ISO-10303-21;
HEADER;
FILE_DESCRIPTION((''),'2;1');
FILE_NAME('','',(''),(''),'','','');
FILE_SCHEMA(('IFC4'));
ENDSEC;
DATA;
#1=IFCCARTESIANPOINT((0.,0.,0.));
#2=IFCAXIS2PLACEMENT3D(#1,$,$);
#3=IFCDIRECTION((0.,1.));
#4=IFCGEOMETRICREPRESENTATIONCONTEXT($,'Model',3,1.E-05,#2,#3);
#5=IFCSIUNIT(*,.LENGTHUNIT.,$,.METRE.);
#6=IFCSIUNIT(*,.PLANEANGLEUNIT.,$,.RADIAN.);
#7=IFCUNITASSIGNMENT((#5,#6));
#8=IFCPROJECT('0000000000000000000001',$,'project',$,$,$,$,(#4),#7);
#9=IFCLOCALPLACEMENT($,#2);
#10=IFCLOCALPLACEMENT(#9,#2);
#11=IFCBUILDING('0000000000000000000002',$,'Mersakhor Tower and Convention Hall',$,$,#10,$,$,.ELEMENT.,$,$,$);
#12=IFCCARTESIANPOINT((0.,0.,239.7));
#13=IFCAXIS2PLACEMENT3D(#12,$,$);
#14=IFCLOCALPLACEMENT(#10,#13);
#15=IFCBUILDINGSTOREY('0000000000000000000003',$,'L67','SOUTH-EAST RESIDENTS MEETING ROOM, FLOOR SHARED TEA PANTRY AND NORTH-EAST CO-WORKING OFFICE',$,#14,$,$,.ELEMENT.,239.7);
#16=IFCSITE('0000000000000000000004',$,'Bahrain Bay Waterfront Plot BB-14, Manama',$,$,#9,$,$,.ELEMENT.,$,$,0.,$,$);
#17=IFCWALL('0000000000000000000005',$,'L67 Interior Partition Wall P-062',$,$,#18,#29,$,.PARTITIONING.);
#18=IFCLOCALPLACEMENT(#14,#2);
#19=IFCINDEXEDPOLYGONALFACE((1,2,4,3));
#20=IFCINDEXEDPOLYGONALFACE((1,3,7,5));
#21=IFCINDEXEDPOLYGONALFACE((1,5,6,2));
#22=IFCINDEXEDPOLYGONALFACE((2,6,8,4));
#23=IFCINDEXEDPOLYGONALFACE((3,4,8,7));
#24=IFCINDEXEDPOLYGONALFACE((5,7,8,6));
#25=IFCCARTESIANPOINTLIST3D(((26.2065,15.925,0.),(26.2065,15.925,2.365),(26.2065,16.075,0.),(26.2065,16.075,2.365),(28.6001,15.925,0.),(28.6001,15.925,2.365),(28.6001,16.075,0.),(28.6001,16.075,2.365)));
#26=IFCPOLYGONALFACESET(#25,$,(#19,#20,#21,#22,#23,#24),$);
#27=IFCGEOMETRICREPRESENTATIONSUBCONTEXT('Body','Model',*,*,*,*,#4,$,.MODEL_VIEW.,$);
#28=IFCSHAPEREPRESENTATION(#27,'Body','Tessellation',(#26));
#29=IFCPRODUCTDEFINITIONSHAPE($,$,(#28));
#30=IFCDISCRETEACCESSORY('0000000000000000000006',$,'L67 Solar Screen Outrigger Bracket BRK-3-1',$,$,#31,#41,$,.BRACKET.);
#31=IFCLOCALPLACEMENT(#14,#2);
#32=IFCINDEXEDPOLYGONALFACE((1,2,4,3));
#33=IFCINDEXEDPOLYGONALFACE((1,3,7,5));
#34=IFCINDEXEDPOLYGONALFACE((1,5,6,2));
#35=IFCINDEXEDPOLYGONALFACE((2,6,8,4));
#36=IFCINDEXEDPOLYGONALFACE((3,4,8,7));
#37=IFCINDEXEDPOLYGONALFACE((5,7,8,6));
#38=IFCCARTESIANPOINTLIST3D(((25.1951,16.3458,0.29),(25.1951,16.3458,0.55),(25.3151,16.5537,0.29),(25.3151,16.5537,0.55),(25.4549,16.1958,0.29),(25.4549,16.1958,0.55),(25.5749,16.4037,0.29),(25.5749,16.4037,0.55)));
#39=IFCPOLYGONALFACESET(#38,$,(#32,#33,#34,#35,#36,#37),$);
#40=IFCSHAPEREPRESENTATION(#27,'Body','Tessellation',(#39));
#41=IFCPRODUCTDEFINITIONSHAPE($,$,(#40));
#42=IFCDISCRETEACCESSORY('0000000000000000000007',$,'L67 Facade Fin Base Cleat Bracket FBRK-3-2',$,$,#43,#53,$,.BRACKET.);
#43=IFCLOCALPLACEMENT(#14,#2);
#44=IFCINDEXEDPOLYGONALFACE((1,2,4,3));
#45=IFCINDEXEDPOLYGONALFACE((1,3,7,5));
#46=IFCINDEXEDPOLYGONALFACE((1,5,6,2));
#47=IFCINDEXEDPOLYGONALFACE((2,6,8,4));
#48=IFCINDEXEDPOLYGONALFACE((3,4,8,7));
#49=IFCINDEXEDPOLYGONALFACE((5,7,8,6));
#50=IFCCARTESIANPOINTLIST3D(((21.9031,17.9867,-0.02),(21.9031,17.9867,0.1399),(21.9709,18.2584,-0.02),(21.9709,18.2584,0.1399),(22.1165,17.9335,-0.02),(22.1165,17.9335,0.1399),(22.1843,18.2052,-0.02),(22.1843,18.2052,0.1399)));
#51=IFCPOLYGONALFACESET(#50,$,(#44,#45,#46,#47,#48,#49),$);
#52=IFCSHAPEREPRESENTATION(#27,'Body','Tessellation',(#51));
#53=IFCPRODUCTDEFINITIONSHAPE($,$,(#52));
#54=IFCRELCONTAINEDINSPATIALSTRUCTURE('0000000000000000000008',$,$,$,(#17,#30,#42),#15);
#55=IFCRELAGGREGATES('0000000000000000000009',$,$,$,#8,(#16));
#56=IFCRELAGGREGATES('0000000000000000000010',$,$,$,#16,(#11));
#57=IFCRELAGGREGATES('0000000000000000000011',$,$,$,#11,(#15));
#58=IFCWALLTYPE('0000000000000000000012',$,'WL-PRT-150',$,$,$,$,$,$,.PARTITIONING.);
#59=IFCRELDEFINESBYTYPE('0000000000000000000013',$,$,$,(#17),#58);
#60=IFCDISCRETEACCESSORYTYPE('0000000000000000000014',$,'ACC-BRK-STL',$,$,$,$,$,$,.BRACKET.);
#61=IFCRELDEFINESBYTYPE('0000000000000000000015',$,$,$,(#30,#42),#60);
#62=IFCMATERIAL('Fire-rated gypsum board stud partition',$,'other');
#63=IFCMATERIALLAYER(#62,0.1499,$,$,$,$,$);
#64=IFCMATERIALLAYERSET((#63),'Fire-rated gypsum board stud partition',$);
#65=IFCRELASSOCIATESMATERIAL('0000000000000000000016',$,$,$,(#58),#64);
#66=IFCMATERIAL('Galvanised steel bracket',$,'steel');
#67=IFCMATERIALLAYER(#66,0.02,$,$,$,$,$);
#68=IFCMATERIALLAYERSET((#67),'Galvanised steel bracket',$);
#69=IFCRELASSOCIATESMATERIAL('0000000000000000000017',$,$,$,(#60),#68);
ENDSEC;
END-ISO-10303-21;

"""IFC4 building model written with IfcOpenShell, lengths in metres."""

from ifc_helpers import new_model, si_unit, direction, frame, frame_2d, origin, origin_2d, place, context, subcontext, project, spatial, rectangle, extrude, material, layer, layer_set, type_object, element, save


model = new_model("IFC4")

# Units and contexts
model_context = context("Model", 3, precision=1e-05, world=origin(), true_north=direction((0.0, 1.0)))
body_context = subcontext(model_context, "Body", "Model", "MODEL_VIEW")
ifc_project = project(units=[si_unit("LENGTHUNIT", "METRE"), si_unit("PLANEANGLEUNIT", "RADIAN")], contexts=[model_context])

# Site, building, storey
site_placement = place(None, origin())
site = spatial("IfcSite", under=ifc_project, at=site_placement, Name="Bahrain Bay Waterfront Plot BB-14, Manama", CompositionType="ELEMENT", RefElevation=0.0)
building_placement = place(site_placement, origin())
building = spatial("IfcBuilding", under=site, at=building_placement, Name="Mersakhor Tower and Convention Hall", CompositionType="ELEMENT")
storey_placement = place(building_placement, frame((0.0, 0.0, 239.7)))
storey = spatial("IfcBuildingStorey", under=building, at=storey_placement, Name="L67", Description="SOUTH-EAST RESIDENTS MEETING ROOM, FLOOR SHARED TEA PANTRY AND NORTH-EAST CO-WORKING OFFICE", CompositionType="ELEMENT", Elevation=239.7)

# Shared definitions
ifc_material_1 = material(Name="Fire-rated gypsum board stud partition", Category="other")
ifc_layer_1 = layer(ifc_material_1, 0.1499)
ifc_layer_set_1 = layer_set([ifc_layer_1], Name="Fire-rated gypsum board stud partition")
wall_type_1 = type_object("IfcWallType", Name="WL-PRT-150", PredefinedType="PARTITIONING", material=ifc_layer_set_1)

# Wall
wall_1_placement = place(storey_placement, frame((28.6001, 16.0, 0.0), z_axis=(0.0, 0.0, 1.0), x_axis=(-1.0, 0.0, 0.0)))
element("IfcWall", 1, at=wall_1_placement, inside=storey, type_object=wall_type_1, Name="L67 Interior Partition Wall P-062", PredefinedType="PARTITIONING", context=body_context, shape_type="SweptSolid", body=[
    extrude(rectangle(XDim=2.3936, YDim=0.1499, at=frame_2d((1.1968, 0.0))), origin(), (0.0, 0.0, 1.0), 2.365),
])

# Discrete accessories
ifc_material_2 = material(Name="Galvanised steel bracket", Category="steel")
ifc_layer_2 = layer(ifc_material_2, 0.02)
ifc_layer_set_2 = layer_set([ifc_layer_2], Name="Galvanised steel bracket")
discrete_accessory_type = type_object("IfcDiscreteAccessoryType", Name="ACC-BRK-STL", PredefinedType="BRACKET", material=ifc_layer_set_2)
discrete_accessory_1_placement = place(storey_placement, frame((25.385, 16.3748, 0.29), z_axis=(0.0, 0.0, 1.0), x_axis=(-0.866025, 0.5, 0.0)))
element("IfcDiscreteAccessory", 2, at=discrete_accessory_1_placement, inside=storey, type_object=discrete_accessory_type, Name="L67 Solar Screen Outrigger Bracket BRK-3-1", PredefinedType="BRACKET", context=body_context, shape_type="SweptSolid", body=[
    extrude(rectangle(XDim=0.3, YDim=0.24, at=origin_2d()), origin(), (0.0, 0.0, 1.0), 0.26),
])
discrete_accessory_2_placement = place(storey_placement, frame((22.0437, 18.0959, -0.02), z_axis=(0.0, 0.0, 1.0), x_axis=(-0.241922, -0.970296, 0.0)))
element("IfcDiscreteAccessory", 3, at=discrete_accessory_2_placement, inside=storey, type_object=discrete_accessory_type, Name="L67 Facade Fin Base Cleat Bracket FBRK-3-2", PredefinedType="BRACKET", context=body_context, shape_type="SweptSolid", body=[
    extrude(rectangle(XDim=0.28, YDim=0.22, at=origin_2d()), origin(), (0.0, 0.0, 1.0), 0.1599),
])

save(model, "model.ifc")
